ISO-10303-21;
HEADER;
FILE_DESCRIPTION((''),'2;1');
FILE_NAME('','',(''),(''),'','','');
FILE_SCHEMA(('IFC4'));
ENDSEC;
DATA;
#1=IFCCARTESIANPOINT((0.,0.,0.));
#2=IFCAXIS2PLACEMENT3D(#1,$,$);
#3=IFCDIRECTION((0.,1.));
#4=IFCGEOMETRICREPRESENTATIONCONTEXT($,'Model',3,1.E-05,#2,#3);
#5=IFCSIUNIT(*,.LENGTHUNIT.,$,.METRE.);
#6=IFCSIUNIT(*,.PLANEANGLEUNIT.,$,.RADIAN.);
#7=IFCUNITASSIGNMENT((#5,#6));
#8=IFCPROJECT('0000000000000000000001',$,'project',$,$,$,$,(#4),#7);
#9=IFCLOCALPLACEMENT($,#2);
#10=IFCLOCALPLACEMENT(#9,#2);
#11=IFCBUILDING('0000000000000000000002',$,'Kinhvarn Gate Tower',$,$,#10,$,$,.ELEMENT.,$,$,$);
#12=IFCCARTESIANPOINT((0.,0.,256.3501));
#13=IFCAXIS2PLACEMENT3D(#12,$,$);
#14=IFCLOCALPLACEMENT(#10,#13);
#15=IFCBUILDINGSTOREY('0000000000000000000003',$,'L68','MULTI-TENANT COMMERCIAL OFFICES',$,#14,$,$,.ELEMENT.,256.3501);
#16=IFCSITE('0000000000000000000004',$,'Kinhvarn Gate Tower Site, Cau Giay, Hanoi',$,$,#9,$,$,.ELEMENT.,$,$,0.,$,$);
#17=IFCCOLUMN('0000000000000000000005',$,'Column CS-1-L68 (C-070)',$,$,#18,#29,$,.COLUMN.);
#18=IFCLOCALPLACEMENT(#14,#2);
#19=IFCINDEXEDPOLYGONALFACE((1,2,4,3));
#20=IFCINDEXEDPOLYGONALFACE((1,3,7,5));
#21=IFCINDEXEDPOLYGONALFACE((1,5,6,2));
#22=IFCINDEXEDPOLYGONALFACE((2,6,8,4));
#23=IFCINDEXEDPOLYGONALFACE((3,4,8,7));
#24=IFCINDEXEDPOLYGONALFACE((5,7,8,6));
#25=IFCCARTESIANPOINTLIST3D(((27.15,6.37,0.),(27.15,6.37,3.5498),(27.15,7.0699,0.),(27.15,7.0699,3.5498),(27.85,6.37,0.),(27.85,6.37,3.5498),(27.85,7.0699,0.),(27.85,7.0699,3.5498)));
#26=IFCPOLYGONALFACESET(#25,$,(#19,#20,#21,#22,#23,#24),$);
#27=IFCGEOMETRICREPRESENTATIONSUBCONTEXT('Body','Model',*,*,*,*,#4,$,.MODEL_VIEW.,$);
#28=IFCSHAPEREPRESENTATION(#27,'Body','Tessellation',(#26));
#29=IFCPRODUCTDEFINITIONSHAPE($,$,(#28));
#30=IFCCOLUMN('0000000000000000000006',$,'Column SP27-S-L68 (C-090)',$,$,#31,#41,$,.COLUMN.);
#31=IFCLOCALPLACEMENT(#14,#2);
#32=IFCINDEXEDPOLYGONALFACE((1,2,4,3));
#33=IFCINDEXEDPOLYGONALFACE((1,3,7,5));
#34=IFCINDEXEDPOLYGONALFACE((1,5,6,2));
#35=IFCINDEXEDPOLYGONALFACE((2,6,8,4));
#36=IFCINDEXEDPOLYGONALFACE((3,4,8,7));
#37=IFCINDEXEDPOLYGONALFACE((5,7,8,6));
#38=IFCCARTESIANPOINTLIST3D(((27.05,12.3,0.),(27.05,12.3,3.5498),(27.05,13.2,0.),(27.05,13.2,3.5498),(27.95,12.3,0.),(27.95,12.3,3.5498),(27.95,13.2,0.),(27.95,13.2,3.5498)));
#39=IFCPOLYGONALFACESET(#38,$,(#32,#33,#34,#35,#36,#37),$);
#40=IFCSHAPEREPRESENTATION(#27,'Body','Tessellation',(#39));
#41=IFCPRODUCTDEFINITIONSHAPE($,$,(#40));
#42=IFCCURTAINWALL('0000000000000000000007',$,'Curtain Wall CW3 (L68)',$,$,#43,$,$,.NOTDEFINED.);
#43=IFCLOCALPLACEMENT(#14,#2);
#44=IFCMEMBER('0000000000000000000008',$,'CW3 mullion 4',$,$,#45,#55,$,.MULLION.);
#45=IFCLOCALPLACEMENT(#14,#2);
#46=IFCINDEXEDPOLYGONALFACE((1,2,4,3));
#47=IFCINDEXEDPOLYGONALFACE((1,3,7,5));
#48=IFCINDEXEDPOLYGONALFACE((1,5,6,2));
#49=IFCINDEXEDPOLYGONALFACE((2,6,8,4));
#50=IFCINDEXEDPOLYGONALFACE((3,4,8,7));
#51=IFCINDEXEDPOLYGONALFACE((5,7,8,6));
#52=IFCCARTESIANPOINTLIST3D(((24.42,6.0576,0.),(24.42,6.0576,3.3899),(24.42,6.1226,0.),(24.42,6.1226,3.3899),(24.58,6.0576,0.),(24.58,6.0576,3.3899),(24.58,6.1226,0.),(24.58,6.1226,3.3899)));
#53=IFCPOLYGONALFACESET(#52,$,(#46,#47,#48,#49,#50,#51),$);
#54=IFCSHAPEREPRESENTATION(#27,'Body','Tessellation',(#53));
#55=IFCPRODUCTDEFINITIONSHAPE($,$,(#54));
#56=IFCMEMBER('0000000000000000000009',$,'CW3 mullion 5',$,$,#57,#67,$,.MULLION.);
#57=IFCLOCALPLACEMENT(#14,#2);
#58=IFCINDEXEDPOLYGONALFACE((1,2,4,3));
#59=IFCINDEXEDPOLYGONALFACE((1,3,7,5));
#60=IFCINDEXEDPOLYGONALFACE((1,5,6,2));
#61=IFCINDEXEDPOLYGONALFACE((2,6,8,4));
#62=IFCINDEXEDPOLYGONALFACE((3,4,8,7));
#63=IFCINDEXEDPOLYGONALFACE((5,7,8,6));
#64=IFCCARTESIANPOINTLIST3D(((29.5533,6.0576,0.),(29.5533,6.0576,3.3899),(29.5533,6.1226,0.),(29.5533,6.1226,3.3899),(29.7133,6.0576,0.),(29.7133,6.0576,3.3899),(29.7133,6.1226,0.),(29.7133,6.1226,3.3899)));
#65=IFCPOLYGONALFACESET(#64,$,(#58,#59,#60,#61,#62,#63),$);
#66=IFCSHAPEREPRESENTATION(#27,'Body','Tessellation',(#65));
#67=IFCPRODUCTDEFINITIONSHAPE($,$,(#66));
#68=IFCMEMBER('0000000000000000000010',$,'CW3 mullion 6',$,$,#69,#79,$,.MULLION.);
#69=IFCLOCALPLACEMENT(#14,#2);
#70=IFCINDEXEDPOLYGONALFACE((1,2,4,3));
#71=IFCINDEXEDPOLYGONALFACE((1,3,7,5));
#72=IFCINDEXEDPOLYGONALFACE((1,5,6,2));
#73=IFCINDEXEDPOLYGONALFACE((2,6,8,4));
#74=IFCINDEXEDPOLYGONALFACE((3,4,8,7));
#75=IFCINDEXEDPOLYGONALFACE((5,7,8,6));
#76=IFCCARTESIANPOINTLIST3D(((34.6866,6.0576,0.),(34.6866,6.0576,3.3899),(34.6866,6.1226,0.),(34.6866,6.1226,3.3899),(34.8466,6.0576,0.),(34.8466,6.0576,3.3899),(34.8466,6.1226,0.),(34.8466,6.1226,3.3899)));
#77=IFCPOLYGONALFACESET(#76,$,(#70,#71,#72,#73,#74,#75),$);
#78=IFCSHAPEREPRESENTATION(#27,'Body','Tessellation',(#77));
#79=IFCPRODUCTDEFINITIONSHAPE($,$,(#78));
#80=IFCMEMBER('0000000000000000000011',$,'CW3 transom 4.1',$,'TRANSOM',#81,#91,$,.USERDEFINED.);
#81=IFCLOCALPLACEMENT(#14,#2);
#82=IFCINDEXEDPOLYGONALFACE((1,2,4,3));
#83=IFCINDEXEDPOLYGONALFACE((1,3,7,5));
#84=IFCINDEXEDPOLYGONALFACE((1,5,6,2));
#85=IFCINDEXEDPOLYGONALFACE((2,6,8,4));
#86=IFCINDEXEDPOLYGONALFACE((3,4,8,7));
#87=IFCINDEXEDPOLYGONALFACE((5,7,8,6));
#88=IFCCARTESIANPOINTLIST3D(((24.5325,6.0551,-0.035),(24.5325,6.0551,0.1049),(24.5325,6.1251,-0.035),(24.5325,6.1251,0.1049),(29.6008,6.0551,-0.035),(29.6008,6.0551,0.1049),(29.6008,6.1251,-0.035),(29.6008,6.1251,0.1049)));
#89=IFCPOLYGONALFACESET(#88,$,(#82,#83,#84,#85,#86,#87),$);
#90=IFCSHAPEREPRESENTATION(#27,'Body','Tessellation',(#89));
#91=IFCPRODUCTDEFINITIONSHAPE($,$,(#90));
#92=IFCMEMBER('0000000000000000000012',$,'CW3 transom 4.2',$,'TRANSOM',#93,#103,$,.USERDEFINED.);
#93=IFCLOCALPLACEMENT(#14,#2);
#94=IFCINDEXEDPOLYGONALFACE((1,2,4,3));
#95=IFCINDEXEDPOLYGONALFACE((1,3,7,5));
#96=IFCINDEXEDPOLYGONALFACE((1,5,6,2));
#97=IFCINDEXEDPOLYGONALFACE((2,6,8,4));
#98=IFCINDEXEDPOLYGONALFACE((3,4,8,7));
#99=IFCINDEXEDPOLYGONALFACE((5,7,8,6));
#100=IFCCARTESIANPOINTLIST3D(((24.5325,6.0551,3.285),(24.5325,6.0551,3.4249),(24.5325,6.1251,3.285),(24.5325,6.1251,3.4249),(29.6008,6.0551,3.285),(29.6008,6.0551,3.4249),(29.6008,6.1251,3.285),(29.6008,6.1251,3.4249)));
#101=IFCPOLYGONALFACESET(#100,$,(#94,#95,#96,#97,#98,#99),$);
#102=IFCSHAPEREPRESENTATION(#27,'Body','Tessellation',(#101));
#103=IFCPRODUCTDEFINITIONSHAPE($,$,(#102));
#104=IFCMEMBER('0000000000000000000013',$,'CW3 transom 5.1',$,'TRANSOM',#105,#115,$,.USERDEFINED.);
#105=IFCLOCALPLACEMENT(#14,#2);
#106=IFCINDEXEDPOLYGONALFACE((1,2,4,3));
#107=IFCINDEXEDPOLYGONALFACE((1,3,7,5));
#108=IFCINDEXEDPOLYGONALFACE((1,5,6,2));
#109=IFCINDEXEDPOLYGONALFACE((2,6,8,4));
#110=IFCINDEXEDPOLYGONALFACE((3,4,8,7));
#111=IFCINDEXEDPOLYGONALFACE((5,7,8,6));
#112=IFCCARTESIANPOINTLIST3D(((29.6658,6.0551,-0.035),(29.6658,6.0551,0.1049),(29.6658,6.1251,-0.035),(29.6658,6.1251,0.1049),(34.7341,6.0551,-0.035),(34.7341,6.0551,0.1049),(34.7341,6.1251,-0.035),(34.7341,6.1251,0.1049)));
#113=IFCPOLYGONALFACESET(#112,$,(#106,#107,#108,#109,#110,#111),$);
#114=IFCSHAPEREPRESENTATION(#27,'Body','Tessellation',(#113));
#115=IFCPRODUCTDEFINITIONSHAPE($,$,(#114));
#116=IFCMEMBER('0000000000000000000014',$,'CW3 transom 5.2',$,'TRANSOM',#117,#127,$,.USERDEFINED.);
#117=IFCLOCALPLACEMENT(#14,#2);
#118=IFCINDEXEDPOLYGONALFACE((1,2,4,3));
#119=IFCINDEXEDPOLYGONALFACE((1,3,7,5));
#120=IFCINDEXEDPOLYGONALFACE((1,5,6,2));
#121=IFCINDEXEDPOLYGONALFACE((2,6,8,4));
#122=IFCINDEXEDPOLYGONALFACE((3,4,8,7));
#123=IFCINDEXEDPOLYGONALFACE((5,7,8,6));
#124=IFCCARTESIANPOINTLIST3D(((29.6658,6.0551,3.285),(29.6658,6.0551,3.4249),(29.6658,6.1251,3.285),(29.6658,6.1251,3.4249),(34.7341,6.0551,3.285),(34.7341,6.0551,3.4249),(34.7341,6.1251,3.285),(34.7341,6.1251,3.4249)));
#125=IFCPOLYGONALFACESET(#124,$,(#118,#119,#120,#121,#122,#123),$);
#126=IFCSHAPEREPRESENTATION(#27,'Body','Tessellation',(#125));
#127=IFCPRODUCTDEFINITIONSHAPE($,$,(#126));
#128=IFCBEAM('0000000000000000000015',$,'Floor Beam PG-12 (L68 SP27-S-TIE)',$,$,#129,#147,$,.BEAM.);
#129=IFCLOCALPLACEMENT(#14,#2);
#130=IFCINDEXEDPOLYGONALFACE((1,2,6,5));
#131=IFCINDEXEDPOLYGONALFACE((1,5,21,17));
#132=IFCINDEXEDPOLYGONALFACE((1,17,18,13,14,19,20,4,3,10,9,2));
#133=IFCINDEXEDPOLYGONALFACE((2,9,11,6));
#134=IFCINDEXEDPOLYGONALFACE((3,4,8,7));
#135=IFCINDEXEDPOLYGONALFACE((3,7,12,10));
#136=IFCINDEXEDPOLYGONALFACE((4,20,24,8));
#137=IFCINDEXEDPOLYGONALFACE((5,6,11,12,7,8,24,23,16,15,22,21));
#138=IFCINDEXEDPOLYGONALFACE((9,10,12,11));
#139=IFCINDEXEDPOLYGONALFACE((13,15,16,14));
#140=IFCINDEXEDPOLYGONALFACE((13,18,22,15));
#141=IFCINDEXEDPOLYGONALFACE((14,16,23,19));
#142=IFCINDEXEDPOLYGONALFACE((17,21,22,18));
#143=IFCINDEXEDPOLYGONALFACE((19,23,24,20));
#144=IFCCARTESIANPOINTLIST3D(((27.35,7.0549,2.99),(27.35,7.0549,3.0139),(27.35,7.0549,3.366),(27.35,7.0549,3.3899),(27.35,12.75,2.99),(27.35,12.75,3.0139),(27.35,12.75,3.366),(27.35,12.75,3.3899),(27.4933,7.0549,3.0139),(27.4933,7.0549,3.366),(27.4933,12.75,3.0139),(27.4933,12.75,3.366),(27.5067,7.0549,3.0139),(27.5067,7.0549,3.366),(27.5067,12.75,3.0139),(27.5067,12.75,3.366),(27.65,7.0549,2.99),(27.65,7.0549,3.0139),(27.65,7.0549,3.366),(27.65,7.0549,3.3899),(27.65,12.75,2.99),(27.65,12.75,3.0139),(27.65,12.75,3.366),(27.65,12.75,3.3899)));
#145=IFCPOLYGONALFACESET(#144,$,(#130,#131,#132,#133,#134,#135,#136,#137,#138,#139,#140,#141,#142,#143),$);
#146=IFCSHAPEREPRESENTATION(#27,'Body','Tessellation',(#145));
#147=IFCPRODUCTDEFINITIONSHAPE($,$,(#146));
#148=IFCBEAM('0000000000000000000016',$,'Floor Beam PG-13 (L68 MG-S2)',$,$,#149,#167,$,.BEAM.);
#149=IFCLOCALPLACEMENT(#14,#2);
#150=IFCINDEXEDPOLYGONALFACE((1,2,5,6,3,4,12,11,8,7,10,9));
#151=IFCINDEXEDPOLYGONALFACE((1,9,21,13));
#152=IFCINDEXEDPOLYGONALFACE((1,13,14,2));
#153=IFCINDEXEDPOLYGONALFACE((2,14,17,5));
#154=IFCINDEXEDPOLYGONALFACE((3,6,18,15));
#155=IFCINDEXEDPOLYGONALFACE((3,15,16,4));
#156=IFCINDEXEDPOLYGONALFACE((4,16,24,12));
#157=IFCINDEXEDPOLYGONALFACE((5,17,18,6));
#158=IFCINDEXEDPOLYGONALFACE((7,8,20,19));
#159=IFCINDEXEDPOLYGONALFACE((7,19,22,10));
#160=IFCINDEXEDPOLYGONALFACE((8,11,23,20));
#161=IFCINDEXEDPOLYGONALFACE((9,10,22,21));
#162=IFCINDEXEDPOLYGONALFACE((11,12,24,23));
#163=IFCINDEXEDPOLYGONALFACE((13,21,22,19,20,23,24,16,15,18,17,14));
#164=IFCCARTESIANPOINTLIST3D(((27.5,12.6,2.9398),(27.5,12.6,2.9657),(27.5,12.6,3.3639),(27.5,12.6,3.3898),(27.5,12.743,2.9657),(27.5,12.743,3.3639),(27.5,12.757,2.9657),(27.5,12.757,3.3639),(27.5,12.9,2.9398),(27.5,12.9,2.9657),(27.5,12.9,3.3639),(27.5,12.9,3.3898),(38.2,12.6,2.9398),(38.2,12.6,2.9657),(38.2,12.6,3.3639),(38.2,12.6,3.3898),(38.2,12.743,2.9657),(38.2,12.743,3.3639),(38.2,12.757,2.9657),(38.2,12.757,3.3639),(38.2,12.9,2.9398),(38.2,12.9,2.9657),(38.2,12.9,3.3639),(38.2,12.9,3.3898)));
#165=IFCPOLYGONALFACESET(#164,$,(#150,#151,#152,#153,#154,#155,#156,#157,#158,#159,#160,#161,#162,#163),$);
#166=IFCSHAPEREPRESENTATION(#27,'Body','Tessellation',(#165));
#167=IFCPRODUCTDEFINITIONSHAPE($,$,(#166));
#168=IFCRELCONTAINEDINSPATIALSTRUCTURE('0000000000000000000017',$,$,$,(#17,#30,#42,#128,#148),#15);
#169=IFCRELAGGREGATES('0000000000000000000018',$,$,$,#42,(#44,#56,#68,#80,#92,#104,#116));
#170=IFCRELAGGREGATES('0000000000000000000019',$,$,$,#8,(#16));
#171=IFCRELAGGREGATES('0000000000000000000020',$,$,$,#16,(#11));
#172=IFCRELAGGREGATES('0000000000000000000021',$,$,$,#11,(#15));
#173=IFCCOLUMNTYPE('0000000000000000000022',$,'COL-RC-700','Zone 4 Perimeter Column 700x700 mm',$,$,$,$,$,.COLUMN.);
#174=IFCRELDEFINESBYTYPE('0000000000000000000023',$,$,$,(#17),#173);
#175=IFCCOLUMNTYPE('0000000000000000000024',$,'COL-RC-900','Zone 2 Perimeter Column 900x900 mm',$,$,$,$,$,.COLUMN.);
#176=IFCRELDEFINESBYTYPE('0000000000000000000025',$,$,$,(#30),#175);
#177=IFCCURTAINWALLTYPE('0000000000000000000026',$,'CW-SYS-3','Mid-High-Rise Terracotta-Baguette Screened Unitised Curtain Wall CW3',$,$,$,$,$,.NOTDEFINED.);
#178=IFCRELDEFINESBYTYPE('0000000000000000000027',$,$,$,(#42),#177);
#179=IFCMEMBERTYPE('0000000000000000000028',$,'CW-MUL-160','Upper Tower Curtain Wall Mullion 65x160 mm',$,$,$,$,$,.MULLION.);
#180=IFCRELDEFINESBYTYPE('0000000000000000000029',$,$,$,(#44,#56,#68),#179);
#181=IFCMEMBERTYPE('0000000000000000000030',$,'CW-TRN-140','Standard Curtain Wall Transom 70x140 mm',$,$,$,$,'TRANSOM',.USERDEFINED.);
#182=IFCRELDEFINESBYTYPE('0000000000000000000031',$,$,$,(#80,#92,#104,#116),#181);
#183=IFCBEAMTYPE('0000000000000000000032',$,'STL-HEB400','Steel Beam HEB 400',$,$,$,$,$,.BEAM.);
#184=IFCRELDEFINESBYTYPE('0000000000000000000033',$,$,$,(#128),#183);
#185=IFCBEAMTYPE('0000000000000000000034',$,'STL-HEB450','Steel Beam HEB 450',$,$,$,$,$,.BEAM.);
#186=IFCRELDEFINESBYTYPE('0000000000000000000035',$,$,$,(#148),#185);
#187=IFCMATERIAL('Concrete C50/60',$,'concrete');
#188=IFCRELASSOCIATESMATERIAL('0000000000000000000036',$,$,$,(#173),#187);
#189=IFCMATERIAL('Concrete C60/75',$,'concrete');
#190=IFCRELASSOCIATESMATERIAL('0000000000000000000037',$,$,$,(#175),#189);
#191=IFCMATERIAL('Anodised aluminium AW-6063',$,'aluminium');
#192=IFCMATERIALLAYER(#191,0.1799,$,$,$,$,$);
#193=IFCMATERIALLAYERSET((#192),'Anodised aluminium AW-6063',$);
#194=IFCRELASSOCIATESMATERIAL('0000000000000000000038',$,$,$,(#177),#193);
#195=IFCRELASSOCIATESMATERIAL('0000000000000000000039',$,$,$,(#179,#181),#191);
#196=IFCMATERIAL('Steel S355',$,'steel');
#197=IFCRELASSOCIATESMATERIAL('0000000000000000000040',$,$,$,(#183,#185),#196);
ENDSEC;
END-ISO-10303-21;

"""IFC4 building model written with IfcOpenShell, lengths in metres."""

from ifc_helpers import new_model, si_unit, direction, frame, origin, origin_2d, place, context, subcontext, project, spatial, rectangle, i_section, extrude, material, layer, layer_set, material_profile, profile_set, type_object, element, aggregate, save


model = new_model("IFC4")

# Units and contexts
model_context = context("Model", 3, precision=1e-05, world=origin(), true_north=direction((0.0, 1.0)))
body_context = subcontext(model_context, "Body", "Model", "MODEL_VIEW")
ifc_project = project(units=[si_unit("LENGTHUNIT", "METRE"), si_unit("PLANEANGLEUNIT", "RADIAN")], contexts=[model_context])

# Site, building, storey
site_placement = place(None, origin())
site = spatial("IfcSite", under=ifc_project, at=site_placement, Name="Kinhvarn Gate Tower Site, Cau Giay, Hanoi", CompositionType="ELEMENT", RefElevation=0.0)
building_placement = place(site_placement, origin())
building = spatial("IfcBuilding", under=site, at=building_placement, Name="Kinhvarn Gate Tower", CompositionType="ELEMENT")
storey_placement = place(building_placement, frame((0.0, 0.0, 256.3501)))
storey = spatial("IfcBuildingStorey", under=building, at=storey_placement, Name="L68", Description="MULTI-TENANT COMMERCIAL OFFICES", CompositionType="ELEMENT", Elevation=256.3501)

# Columns
ifc_material_1 = material(Name="Concrete C50/60", Category="concrete")
ifc_material_profile_1 = material_profile(ifc_material_1, rectangle(XDim=0.7, YDim=0.7, at=origin_2d()), Name="RC 700x700")
ifc_profile_set_1 = profile_set([ifc_material_profile_1], Name="Concrete C50/60")
column_type_1 = type_object("IfcColumnType", Name="COL-RC-700", Description="Zone 4 Perimeter Column 700x700 mm", PredefinedType="COLUMN", material=ifc_profile_set_1)
column_1_placement = place(storey_placement, frame((27.5, 6.72, 0.0), z_axis=(0.0, 0.0, 1.0), x_axis=(1.0, 0.0, 0.0)))
element("IfcColumn", 1, at=column_1_placement, inside=storey, type_object=column_type_1, Name="Column CS-1-L68 (C-070)", PredefinedType="COLUMN", context=body_context, shape_type="SweptSolid", body=[
    extrude(rectangle(XDim=0.7, YDim=0.7, at=origin_2d()), origin(), (0.0, 0.0, 1.0), 3.5498),
])
ifc_material_2 = material(Name="Concrete C60/75", Category="concrete")
ifc_material_profile_2 = material_profile(ifc_material_2, rectangle(XDim=0.8999, YDim=0.8999, at=origin_2d()), Name="RC 900x900")
ifc_profile_set_2 = profile_set([ifc_material_profile_2], Name="Concrete C60/75")
column_type_2 = type_object("IfcColumnType", Name="COL-RC-900", Description="Zone 2 Perimeter Column 900x900 mm", PredefinedType="COLUMN", material=ifc_profile_set_2)
column_2_placement = place(storey_placement, frame((27.5, 12.75, 0.0), z_axis=(0.0, 0.0, 1.0), x_axis=(1.0, 0.0, 0.0)))
element("IfcColumn", 2, at=column_2_placement, inside=storey, type_object=column_type_2, Name="Column SP27-S-L68 (C-090)", PredefinedType="COLUMN", context=body_context, shape_type="SweptSolid", body=[
    extrude(rectangle(XDim=0.8999, YDim=0.8999, at=origin_2d()), origin(), (0.0, 0.0, 1.0), 3.5498),
])

# Curtain wall, members
ifc_material_3 = material(Name="Anodised aluminium AW-6063", Category="aluminium")
ifc_layer_1 = layer(ifc_material_3, 0.1799)
ifc_layer_set_1 = layer_set([ifc_layer_1], Name="Anodised aluminium AW-6063")
curtain_wall_type = type_object("IfcCurtainWallType", Name="CW-SYS-3", Description="Mid-High-Rise Terracotta-Baguette Screened Unitised Curtain Wall CW3", PredefinedType="NOTDEFINED", material=ifc_layer_set_1)
curtain_wall_placement = place(storey_placement, origin())
curtain_wall = element("IfcCurtainWall", 3, at=curtain_wall_placement, inside=storey, type_object=curtain_wall_type, Name="Curtain Wall CW3 (L68)", PredefinedType="NOTDEFINED")
ifc_material_profile_3 = material_profile(ifc_material_3, rectangle(XDim=0.0649, YDim=0.1599, at=origin_2d()), Name="ALU 65x160")
ifc_profile_set_3 = profile_set([ifc_material_profile_3], Name="Anodised aluminium AW-6063")
member_type_1 = type_object("IfcMemberType", Name="CW-MUL-160", Description="Upper Tower Curtain Wall Mullion 65x160 mm", PredefinedType="MULLION", material=ifc_profile_set_3)
member_1_placement = place(storey_placement, frame((24.5, 6.0901, 0.0), z_axis=(0.0, 0.0, 1.0), x_axis=(0.0, 1.0, 0.0)))
member_1 = element("IfcMember", 4, at=member_1_placement, type_object=member_type_1, Name="CW3 mullion 4", PredefinedType="MULLION", context=body_context, shape_type="SweptSolid", body=[
    extrude(rectangle(XDim=0.0649, YDim=0.1599, at=origin_2d()), origin(), (0.0, 0.0, 1.0), 3.3899),
])
member_2_placement = place(storey_placement, frame((29.6333, 6.0901, 0.0), z_axis=(0.0, 0.0, 1.0), x_axis=(0.0, 1.0, 0.0)))
member_2 = element("IfcMember", 5, at=member_2_placement, type_object=member_type_1, Name="CW3 mullion 5", PredefinedType="MULLION", context=body_context, shape_type="SweptSolid", body=[
    extrude(rectangle(XDim=0.0649, YDim=0.1599, at=origin_2d()), origin(), (0.0, 0.0, 1.0), 3.3899),
])
member_3_placement = place(storey_placement, frame((34.7666, 6.0901, 0.0), z_axis=(0.0, 0.0, 1.0), x_axis=(0.0, 1.0, 0.0)))
member_3 = element("IfcMember", 6, at=member_3_placement, type_object=member_type_1, Name="CW3 mullion 6", PredefinedType="MULLION", context=body_context, shape_type="SweptSolid", body=[
    extrude(rectangle(XDim=0.0649, YDim=0.1599, at=origin_2d()), origin(), (0.0, 0.0, 1.0), 3.3899),
])
ifc_material_profile_4 = material_profile(ifc_material_3, rectangle(XDim=0.0701, YDim=0.1399, at=origin_2d()), Name="ALU 70x140")
ifc_profile_set_4 = profile_set([ifc_material_profile_4], Name="Anodised aluminium AW-6063")
member_type_2 = type_object("IfcMemberType", Name="CW-TRN-140", Description="Standard Curtain Wall Transom 70x140 mm", ElementType="TRANSOM", PredefinedType="USERDEFINED", material=ifc_profile_set_4)
member_4_placement = place(storey_placement, frame((24.5325, 6.0901, 0.0349), z_axis=(1.0, 0.0, 0.0), x_axis=(0.0, 1.0, 0.0)))
member_4 = element("IfcMember", 7, at=member_4_placement, type_object=member_type_2, Name="CW3 transom 4.1", ObjectType="TRANSOM", PredefinedType="USERDEFINED", context=body_context, shape_type="SweptSolid", body=[
    extrude(rectangle(XDim=0.0701, YDim=0.1399, at=origin_2d()), origin(), (0.0, 0.0, 1.0), 5.0684),
])
member_5_placement = place(storey_placement, frame((24.5325, 6.0901, 3.355), z_axis=(1.0, 0.0, 0.0), x_axis=(0.0, 1.0, 0.0)))
member_5 = element("IfcMember", 8, at=member_5_placement, type_object=member_type_2, Name="CW3 transom 4.2", ObjectType="TRANSOM", PredefinedType="USERDEFINED", context=body_context, shape_type="SweptSolid", body=[
    extrude(rectangle(XDim=0.0701, YDim=0.1399, at=origin_2d()), origin(), (0.0, 0.0, 1.0), 5.0684),
])
member_6_placement = place(storey_placement, frame((29.6658, 6.0901, 0.0349), z_axis=(1.0, 0.0, 0.0), x_axis=(0.0, 1.0, 0.0)))
member_6 = element("IfcMember", 9, at=member_6_placement, type_object=member_type_2, Name="CW3 transom 5.1", ObjectType="TRANSOM", PredefinedType="USERDEFINED", context=body_context, shape_type="SweptSolid", body=[
    extrude(rectangle(XDim=0.0701, YDim=0.1399, at=origin_2d()), origin(), (0.0, 0.0, 1.0), 5.0684),
])
member_7_placement = place(storey_placement, frame((29.6658, 6.0901, 3.355), z_axis=(1.0, 0.0, 0.0), x_axis=(0.0, 1.0, 0.0)))
member_7 = element("IfcMember", 10, at=member_7_placement, type_object=member_type_2, Name="CW3 transom 5.2", ObjectType="TRANSOM", PredefinedType="USERDEFINED", context=body_context, shape_type="SweptSolid", body=[
    extrude(rectangle(XDim=0.0701, YDim=0.1399, at=origin_2d()), origin(), (0.0, 0.0, 1.0), 5.0684),
])

# Beams
ifc_material_4 = material(Name="Steel S355", Category="steel")
ifc_material_profile_5 = material_profile(ifc_material_4, i_section(OverallWidth=0.3, OverallDepth=0.3999, WebThickness=0.0134, FlangeThickness=0.0239, at=origin_2d()), Name="HEB 400")
ifc_profile_set_5 = profile_set([ifc_material_profile_5], Name="Steel S355")
beam_type_1 = type_object("IfcBeamType", Name="STL-HEB400", Description="Steel Beam HEB 400", PredefinedType="BEAM", material=ifc_profile_set_5)
beam_1_placement = place(storey_placement, frame((27.5, 7.0549, 3.1899), z_axis=(0.0, 1.0, 0.0), x_axis=(-1.0, 0.0, 0.0)))
element("IfcBeam", 11, at=beam_1_placement, inside=storey, type_object=beam_type_1, Name="Floor Beam PG-12 (L68 SP27-S-TIE)", PredefinedType="BEAM", context=body_context, shape_type="SweptSolid", body=[
    extrude(i_section(OverallWidth=0.3, OverallDepth=0.3999, WebThickness=0.0134, FlangeThickness=0.0239, at=origin_2d()), origin(), (0.0, 0.0, 1.0), 5.6951),
])
ifc_material_profile_6 = material_profile(ifc_material_4, i_section(OverallWidth=0.3, OverallDepth=0.45, WebThickness=0.0139, FlangeThickness=0.0259, at=origin_2d()), Name="HEB 450")
ifc_profile_set_6 = profile_set([ifc_material_profile_6], Name="Steel S355")
beam_type_2 = type_object("IfcBeamType", Name="STL-HEB450", Description="Steel Beam HEB 450", PredefinedType="BEAM", material=ifc_profile_set_6)
beam_2_placement = place(storey_placement, frame((27.5, 12.75, 3.1648), z_axis=(1.0, 0.0, 0.0), x_axis=(0.0, 1.0, 0.0)))
element("IfcBeam", 12, at=beam_2_placement, inside=storey, type_object=beam_type_2, Name="Floor Beam PG-13 (L68 MG-S2)", PredefinedType="BEAM", context=body_context, shape_type="SweptSolid", body=[
    extrude(i_section(OverallWidth=0.3, OverallDepth=0.45, WebThickness=0.0139, FlangeThickness=0.0259, at=origin_2d()), origin(), (0.0, 0.0, 1.0), 10.7),
])

aggregate(curtain_wall, [member_1, member_2, member_3, member_4, member_5, member_6, member_7])

save(model, "model.ifc")
